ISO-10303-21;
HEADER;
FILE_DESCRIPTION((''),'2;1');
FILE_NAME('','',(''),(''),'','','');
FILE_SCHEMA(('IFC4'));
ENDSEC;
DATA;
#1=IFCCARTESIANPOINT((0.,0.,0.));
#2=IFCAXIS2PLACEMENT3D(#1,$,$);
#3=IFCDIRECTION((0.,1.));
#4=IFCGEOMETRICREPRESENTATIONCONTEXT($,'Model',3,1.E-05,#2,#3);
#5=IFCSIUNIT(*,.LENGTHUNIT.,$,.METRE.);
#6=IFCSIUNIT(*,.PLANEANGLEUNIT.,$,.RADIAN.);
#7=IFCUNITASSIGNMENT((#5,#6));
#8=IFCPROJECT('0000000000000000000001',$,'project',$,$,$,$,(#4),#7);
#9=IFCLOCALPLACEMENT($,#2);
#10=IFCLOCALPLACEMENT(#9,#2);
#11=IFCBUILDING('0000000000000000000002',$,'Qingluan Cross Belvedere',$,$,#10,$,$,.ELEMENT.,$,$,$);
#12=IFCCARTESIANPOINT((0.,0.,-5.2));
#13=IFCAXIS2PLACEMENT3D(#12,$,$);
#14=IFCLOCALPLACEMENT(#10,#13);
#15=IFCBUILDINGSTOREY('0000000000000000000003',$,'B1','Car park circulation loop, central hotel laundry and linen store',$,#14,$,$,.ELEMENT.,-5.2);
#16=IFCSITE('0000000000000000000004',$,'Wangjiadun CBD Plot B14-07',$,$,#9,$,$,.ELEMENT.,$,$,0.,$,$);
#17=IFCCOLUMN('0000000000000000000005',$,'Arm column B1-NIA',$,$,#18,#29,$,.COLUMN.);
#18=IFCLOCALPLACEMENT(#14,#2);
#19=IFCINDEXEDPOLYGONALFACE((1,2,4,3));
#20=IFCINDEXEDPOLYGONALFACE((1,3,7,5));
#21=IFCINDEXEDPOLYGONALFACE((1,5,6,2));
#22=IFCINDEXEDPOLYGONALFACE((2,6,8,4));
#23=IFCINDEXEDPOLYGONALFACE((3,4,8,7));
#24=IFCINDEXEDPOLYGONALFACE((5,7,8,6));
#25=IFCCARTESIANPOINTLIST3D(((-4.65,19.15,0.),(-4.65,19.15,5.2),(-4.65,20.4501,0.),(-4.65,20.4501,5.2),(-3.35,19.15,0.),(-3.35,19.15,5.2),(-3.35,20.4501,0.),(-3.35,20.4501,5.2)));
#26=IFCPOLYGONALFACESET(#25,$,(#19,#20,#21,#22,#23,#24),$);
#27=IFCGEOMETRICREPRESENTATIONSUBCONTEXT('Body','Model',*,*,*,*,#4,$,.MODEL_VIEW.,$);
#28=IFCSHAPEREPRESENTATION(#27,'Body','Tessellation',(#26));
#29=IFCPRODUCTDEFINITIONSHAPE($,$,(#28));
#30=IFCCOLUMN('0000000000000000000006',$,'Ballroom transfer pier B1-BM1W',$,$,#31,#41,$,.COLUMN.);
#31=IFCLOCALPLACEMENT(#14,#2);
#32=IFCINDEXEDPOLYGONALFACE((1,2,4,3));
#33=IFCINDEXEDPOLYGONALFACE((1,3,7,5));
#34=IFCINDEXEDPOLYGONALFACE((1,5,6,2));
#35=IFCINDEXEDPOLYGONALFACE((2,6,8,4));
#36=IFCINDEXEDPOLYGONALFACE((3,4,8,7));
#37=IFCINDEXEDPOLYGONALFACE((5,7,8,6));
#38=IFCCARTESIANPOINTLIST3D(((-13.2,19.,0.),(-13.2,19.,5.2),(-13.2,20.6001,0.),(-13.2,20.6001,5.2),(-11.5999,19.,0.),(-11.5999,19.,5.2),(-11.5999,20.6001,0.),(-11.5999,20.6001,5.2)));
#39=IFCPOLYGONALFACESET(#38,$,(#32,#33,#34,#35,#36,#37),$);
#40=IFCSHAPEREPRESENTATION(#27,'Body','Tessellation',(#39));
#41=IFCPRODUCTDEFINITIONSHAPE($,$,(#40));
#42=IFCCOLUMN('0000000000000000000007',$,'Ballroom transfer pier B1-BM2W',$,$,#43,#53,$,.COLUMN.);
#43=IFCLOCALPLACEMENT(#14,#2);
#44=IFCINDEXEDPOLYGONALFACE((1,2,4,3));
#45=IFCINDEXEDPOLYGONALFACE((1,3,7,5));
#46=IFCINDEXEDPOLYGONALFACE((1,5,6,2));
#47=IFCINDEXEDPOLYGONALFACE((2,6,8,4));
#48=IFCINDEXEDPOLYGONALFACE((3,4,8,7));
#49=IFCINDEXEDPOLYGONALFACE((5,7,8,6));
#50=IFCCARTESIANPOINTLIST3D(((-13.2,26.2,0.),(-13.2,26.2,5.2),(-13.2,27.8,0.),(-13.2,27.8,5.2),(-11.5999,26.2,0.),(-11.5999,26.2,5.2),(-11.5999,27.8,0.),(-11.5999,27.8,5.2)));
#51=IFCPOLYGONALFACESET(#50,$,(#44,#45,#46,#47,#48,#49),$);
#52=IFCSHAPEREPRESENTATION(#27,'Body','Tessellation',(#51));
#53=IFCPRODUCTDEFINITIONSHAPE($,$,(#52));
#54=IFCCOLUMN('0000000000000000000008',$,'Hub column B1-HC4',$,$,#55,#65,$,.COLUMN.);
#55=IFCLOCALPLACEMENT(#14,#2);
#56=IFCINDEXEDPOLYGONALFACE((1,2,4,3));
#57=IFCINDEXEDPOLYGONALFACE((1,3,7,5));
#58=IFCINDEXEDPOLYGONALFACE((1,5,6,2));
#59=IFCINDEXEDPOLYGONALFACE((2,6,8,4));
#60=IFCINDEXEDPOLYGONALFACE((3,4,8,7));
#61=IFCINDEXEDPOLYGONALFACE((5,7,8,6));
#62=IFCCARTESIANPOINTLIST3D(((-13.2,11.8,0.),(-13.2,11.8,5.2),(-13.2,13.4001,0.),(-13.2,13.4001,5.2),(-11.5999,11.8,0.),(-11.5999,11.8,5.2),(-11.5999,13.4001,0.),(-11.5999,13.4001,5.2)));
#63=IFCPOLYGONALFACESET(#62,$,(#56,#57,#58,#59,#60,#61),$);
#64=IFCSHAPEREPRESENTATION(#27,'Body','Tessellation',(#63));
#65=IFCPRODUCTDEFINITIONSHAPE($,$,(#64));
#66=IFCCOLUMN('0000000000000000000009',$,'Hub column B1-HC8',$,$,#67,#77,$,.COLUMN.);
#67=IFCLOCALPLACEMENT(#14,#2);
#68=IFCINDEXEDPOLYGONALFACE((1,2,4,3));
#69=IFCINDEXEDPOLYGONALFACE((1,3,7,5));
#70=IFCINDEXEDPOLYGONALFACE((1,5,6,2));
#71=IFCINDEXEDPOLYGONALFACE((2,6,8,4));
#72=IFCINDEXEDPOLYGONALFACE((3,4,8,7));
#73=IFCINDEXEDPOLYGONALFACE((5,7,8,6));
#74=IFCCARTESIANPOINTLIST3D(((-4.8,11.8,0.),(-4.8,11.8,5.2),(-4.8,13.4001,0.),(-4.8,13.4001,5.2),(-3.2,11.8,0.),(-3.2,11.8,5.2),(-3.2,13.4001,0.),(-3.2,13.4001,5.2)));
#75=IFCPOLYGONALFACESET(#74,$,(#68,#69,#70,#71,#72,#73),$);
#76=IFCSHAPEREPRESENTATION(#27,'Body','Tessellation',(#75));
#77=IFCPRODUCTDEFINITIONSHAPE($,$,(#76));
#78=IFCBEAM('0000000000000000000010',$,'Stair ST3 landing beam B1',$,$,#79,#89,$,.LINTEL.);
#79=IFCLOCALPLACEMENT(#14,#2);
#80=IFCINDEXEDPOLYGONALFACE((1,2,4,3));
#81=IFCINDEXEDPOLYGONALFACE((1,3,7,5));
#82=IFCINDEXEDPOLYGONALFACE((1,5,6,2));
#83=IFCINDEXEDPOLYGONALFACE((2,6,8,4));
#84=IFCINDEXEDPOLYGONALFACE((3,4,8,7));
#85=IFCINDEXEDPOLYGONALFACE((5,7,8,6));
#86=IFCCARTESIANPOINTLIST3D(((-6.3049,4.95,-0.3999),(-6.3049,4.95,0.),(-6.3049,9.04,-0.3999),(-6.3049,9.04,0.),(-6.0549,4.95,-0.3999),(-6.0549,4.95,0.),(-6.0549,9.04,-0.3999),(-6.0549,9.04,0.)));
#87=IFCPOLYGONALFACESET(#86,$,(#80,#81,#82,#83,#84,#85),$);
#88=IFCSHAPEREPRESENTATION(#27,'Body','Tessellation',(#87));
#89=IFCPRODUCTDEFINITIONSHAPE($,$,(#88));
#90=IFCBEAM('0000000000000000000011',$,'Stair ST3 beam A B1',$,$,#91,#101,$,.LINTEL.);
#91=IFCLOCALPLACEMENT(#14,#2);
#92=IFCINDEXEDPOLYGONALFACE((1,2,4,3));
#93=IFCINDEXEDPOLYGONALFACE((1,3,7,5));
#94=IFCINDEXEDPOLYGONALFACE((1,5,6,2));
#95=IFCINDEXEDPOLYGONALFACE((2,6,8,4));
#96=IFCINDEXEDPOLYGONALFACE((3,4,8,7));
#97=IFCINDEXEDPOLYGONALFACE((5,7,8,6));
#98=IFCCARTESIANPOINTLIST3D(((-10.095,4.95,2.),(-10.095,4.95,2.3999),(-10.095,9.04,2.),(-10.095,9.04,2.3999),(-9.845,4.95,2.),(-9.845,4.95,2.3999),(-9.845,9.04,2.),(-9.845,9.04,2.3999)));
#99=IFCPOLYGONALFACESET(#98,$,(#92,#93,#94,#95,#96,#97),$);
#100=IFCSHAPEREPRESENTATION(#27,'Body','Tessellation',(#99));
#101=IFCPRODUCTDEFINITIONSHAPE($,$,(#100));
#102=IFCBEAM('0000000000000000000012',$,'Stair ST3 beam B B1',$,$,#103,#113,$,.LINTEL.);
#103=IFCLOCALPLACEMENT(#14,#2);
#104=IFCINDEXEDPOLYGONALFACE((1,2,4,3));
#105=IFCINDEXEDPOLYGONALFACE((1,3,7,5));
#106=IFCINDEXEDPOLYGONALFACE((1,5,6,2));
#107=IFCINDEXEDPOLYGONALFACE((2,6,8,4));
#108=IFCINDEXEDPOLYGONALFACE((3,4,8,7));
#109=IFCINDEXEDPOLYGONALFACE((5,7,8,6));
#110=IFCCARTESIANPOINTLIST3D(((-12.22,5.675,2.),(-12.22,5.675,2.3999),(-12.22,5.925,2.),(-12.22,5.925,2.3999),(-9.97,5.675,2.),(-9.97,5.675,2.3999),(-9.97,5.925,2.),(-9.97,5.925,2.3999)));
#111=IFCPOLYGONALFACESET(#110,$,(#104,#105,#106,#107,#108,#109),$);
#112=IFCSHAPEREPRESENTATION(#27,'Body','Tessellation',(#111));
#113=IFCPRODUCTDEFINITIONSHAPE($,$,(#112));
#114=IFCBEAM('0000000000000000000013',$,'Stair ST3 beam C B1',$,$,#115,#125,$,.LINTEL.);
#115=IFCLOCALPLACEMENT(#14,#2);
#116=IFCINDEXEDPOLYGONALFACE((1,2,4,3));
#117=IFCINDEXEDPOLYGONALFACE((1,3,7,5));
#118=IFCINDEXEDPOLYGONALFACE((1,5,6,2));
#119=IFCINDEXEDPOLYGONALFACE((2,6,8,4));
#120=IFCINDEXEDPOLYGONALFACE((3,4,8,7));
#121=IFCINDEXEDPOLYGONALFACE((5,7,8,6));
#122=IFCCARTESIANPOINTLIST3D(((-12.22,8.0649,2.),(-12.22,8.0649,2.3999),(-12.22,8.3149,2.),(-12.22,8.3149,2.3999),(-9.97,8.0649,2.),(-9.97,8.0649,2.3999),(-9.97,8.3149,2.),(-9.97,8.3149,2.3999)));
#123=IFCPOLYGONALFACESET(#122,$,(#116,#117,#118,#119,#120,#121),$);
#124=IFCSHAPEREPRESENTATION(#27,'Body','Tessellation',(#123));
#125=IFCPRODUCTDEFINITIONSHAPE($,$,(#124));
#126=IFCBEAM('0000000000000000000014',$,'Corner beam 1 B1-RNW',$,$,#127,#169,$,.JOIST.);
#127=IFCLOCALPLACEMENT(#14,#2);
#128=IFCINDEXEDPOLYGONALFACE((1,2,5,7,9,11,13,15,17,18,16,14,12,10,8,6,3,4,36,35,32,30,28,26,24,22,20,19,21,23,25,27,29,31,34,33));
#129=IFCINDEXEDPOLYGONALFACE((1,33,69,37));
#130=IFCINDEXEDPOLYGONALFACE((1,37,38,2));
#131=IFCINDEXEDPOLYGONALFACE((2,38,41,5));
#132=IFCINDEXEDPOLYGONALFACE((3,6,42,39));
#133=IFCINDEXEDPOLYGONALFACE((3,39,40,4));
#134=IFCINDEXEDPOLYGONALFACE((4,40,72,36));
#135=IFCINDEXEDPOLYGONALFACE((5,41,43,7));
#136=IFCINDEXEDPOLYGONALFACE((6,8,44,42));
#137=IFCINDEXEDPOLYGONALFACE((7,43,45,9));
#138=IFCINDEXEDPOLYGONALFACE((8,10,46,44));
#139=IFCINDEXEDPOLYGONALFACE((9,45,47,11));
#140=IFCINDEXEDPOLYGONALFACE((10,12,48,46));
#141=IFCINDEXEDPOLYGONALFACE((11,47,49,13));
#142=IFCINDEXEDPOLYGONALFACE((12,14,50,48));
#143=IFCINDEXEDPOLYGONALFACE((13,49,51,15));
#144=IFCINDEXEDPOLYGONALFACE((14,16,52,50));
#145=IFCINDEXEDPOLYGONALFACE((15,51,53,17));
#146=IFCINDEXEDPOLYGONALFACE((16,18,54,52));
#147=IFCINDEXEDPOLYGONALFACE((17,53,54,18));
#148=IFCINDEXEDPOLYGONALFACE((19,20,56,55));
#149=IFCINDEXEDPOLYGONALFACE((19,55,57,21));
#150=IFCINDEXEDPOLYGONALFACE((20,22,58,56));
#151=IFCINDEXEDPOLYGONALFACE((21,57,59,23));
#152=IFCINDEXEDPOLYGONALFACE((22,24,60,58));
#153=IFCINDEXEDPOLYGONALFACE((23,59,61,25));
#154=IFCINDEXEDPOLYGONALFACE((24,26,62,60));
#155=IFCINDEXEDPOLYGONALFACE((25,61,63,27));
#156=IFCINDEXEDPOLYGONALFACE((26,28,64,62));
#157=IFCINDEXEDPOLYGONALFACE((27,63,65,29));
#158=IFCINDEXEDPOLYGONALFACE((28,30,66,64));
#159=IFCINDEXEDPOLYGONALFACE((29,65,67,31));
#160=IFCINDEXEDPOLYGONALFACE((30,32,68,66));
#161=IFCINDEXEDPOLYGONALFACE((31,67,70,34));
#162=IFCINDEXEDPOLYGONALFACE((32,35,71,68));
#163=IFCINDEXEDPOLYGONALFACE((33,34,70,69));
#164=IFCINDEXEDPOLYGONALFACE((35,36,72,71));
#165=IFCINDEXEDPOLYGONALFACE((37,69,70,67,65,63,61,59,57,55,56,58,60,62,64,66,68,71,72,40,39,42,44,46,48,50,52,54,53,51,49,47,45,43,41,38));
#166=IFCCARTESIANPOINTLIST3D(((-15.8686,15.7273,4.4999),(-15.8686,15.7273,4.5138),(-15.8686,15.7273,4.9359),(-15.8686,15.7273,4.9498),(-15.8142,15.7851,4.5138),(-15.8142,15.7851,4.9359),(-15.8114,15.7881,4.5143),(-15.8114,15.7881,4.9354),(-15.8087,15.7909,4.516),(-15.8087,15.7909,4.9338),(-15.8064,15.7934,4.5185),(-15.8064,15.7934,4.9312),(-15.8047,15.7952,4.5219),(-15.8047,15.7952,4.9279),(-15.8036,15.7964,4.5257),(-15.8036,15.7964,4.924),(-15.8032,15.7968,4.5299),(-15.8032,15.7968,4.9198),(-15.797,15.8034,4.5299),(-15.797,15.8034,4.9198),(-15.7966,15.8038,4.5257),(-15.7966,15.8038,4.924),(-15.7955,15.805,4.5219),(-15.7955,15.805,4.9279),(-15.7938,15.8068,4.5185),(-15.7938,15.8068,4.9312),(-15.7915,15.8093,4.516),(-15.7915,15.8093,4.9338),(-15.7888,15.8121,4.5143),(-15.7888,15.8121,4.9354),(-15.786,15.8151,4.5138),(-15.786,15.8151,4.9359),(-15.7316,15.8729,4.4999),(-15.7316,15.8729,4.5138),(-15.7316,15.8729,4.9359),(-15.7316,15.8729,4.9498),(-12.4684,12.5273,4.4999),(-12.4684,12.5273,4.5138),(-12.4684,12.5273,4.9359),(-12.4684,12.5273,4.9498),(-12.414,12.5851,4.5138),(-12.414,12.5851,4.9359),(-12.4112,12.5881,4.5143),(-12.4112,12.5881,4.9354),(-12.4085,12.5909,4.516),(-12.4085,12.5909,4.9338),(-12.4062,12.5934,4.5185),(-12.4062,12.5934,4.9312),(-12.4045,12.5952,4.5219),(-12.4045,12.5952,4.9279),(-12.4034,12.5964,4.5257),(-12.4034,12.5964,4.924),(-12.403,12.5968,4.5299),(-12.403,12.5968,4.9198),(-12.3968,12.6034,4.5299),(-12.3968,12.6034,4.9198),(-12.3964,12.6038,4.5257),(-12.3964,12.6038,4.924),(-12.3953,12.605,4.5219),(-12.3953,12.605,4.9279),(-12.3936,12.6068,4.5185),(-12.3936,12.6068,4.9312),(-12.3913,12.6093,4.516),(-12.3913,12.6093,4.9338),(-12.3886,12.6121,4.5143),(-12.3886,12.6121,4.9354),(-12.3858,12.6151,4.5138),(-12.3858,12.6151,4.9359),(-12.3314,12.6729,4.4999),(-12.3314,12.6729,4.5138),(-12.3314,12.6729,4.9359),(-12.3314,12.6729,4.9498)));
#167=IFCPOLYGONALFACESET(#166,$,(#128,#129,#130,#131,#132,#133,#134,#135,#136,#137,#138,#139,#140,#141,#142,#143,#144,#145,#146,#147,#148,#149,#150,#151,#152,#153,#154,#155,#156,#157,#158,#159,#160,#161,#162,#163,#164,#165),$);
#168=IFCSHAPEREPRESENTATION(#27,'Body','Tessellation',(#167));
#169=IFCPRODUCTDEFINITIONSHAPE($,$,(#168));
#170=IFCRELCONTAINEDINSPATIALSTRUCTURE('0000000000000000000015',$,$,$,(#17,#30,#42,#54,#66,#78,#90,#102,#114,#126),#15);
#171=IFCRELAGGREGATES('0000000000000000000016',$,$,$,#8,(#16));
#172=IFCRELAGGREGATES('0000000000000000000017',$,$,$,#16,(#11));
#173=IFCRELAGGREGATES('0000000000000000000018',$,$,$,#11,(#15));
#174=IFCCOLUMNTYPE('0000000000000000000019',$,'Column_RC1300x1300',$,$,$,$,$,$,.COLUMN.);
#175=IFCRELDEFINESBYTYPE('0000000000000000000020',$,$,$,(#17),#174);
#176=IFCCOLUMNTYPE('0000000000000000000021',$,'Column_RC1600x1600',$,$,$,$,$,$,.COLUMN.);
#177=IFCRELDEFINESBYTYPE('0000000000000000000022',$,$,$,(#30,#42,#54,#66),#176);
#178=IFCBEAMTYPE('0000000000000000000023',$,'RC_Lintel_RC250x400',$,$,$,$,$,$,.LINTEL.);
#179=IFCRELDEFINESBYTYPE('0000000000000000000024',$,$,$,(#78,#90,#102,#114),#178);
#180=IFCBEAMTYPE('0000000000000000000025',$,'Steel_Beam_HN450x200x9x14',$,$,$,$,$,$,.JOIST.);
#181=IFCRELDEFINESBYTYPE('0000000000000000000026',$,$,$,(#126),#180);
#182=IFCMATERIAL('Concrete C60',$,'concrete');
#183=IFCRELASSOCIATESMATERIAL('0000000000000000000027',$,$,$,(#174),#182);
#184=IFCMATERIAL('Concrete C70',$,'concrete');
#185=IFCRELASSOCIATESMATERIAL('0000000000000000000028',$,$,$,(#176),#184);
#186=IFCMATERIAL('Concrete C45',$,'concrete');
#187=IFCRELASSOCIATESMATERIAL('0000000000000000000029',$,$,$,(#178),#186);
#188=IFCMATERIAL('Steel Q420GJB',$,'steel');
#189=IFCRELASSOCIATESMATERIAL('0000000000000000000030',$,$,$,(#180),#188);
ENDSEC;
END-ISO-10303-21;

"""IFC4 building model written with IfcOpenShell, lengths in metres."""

from ifc_helpers import new_model, si_unit, direction, frame, origin, origin_2d, place, context, subcontext, project, spatial, rectangle, i_section, extrude, material, material_profile, profile_set, type_object, element, save


model = new_model("IFC4")

# Units and contexts
model_context = context("Model", 3, precision=1e-05, world=origin(), true_north=direction((0.0, 1.0)))
body_context = subcontext(model_context, "Body", "Model", "MODEL_VIEW")
ifc_project = project(units=[si_unit("LENGTHUNIT", "METRE"), si_unit("PLANEANGLEUNIT", "RADIAN")], contexts=[model_context])

# Site, building, storey
site_placement = place(None, origin())
site = spatial("IfcSite", under=ifc_project, at=site_placement, Name="Wangjiadun CBD Plot B14-07", CompositionType="ELEMENT", RefElevation=0.0)
building_placement = place(site_placement, origin())
building = spatial("IfcBuilding", under=site, at=building_placement, Name="Qingluan Cross Belvedere", CompositionType="ELEMENT")
storey_placement = place(building_placement, frame((0.0, 0.0, -5.2)))
storey = spatial("IfcBuildingStorey", under=building, at=storey_placement, Name="B1", Description="Car park circulation loop, central hotel laundry and linen store", CompositionType="ELEMENT", Elevation=-5.2)

# Columns
ifc_material_1 = material(Name="Concrete C60", Category="concrete")
ifc_material_profile_1 = material_profile(ifc_material_1, rectangle(XDim=1.3, YDim=1.3, at=origin_2d()), Name="RC1300x1300")
ifc_profile_set_1 = profile_set([ifc_material_profile_1], Name="Concrete C60")
column_type_1 = type_object("IfcColumnType", Name="Column_RC1300x1300", PredefinedType="COLUMN", material=ifc_profile_set_1)
column_placement = place(storey_placement, frame((-4.0, 19.8, 0.0), z_axis=(0.0, 0.0, 1.0), x_axis=(1.0, 0.0, 0.0)))
element("IfcColumn", 1, at=column_placement, inside=storey, type_object=column_type_1, Name="Arm column B1-NIA", PredefinedType="COLUMN", context=body_context, shape_type="SweptSolid", body=[
    extrude(rectangle(XDim=1.3, YDim=1.3, at=origin_2d()), origin(), (0.0, 0.0, 1.0), 5.2),
])
ifc_material_2 = material(Name="Concrete C70", Category="concrete")
ifc_material_profile_2 = material_profile(ifc_material_2, rectangle(XDim=1.6001, YDim=1.6001, at=origin_2d()), Name="RC1600x1600")
ifc_profile_set_2 = profile_set([ifc_material_profile_2], Name="Concrete C70")
column_type_2 = type_object("IfcColumnType", Name="Column_RC1600x1600", PredefinedType="COLUMN", material=ifc_profile_set_2)
for number, where, z_axis, x_axis, name in (
    (2, (-12.3999, 19.8, 0.0), (0.0, 0.0, 1.0), (1.0, 0.0, 0.0), "Ballroom transfer pier B1-BM1W"),
    (3, (-12.3999, 27.0, 0.0), (0.0, 0.0, 1.0), (1.0, 0.0, 0.0), "Ballroom transfer pier B1-BM2W"),
    (4, (-12.3999, 12.6001, 0.0), (0.0, 0.0, 1.0), (1.0, 0.0, 0.0), "Hub column B1-HC4"),
    (5, (-4.0, 12.6001, 0.0), (0.0, 0.0, 1.0), (1.0, 0.0, 0.0), "Hub column B1-HC8"),
):
    element("IfcColumn", number, at=place(storey_placement, frame(where, z_axis=z_axis, x_axis=x_axis)), inside=storey, type_object=column_type_2, Name=name, PredefinedType="COLUMN", context=body_context, shape_type="SweptSolid", body=[
        extrude(rectangle(XDim=1.6001, YDim=1.6001, at=origin_2d()), origin(), (0.0, 0.0, 1.0), 5.2),
    ])

# Beams
ifc_material_3 = material(Name="Concrete C45", Category="concrete")
ifc_material_profile_3 = material_profile(ifc_material_3, rectangle(XDim=0.25, YDim=0.3999, at=origin_2d()), Name="RC250x400")
ifc_profile_set_3 = profile_set([ifc_material_profile_3], Name="Concrete C45")
beam_type_1 = type_object("IfcBeamType", Name="RC_Lintel_RC250x400", PredefinedType="LINTEL", material=ifc_profile_set_3)
for number, where, z_axis, x_axis, name in (
    (6, (-6.1799, 4.95, -0.2), (0.0, 1.0, 0.0), (-1.0, 0.0, 0.0), "Stair ST3 landing beam B1"),
    (7, (-9.97, 4.95, 2.2), (0.0, 1.0, 0.0), (-1.0, 0.0, 0.0), "Stair ST3 beam A B1"),
):
    element("IfcBeam", number, at=place(storey_placement, frame(where, z_axis=z_axis, x_axis=x_axis)), inside=storey, type_object=beam_type_1, Name=name, PredefinedType="LINTEL", context=body_context, shape_type="SweptSolid", body=[
        extrude(rectangle(XDim=0.25, YDim=0.3999, at=origin_2d()), origin(), (0.0, 0.0, 1.0), 4.0901),
    ])
for number, where, z_axis, x_axis, name in (
    (8, (-12.22, 5.8, 2.2), (1.0, 0.0, 0.0), (0.0, 1.0, 0.0), "Stair ST3 beam B B1"),
    (9, (-12.22, 8.1899, 2.2), (1.0, 0.0, 0.0), (0.0, 1.0, 0.0), "Stair ST3 beam C B1"),
):
    element("IfcBeam", number, at=place(storey_placement, frame(where, z_axis=z_axis, x_axis=x_axis)), inside=storey, type_object=beam_type_1, Name=name, PredefinedType="LINTEL", context=body_context, shape_type="SweptSolid", body=[
        extrude(rectangle(XDim=0.25, YDim=0.3999, at=origin_2d()), origin(), (0.0, 0.0, 1.0), 2.25),
    ])
ifc_material_4 = material(Name="Steel Q420GJB", Category="steel")
ifc_material_profile_4 = material_profile(ifc_material_4, i_section(OverallWidth=0.2, OverallDepth=0.45, WebThickness=0.009, FlangeThickness=0.0139, FilletRadius=0.0161, at=origin_2d()), Name="HN450x200x9x14")
ifc_profile_set_4 = profile_set([ifc_material_profile_4], Name="Steel Q420GJB")
beam_type_2 = type_object("IfcBeamType", Name="Steel_Beam_HN450x200x9x14", PredefinedType="JOIST", material=ifc_profile_set_4)
beam_1_placement = place(storey_placement, frame((-12.3999, 12.6001, 4.7249), z_axis=(-0.72822, 0.685343, 0.0), x_axis=(-0.685343, -0.72822, 0.0)))
element("IfcBeam", 10, at=beam_1_placement, inside=storey, type_object=beam_type_2, Name="Corner beam 1 B1-RNW", PredefinedType="JOIST", context=body_context, shape_type="SweptSolid", body=[
    extrude(i_section(OverallWidth=0.2, OverallDepth=0.45, WebThickness=0.009, FlangeThickness=0.0139, FilletRadius=0.0161, at=origin_2d()), origin(), (0.0, 0.0, 1.0), 4.6692),
])

save(model, "model.ifc")
